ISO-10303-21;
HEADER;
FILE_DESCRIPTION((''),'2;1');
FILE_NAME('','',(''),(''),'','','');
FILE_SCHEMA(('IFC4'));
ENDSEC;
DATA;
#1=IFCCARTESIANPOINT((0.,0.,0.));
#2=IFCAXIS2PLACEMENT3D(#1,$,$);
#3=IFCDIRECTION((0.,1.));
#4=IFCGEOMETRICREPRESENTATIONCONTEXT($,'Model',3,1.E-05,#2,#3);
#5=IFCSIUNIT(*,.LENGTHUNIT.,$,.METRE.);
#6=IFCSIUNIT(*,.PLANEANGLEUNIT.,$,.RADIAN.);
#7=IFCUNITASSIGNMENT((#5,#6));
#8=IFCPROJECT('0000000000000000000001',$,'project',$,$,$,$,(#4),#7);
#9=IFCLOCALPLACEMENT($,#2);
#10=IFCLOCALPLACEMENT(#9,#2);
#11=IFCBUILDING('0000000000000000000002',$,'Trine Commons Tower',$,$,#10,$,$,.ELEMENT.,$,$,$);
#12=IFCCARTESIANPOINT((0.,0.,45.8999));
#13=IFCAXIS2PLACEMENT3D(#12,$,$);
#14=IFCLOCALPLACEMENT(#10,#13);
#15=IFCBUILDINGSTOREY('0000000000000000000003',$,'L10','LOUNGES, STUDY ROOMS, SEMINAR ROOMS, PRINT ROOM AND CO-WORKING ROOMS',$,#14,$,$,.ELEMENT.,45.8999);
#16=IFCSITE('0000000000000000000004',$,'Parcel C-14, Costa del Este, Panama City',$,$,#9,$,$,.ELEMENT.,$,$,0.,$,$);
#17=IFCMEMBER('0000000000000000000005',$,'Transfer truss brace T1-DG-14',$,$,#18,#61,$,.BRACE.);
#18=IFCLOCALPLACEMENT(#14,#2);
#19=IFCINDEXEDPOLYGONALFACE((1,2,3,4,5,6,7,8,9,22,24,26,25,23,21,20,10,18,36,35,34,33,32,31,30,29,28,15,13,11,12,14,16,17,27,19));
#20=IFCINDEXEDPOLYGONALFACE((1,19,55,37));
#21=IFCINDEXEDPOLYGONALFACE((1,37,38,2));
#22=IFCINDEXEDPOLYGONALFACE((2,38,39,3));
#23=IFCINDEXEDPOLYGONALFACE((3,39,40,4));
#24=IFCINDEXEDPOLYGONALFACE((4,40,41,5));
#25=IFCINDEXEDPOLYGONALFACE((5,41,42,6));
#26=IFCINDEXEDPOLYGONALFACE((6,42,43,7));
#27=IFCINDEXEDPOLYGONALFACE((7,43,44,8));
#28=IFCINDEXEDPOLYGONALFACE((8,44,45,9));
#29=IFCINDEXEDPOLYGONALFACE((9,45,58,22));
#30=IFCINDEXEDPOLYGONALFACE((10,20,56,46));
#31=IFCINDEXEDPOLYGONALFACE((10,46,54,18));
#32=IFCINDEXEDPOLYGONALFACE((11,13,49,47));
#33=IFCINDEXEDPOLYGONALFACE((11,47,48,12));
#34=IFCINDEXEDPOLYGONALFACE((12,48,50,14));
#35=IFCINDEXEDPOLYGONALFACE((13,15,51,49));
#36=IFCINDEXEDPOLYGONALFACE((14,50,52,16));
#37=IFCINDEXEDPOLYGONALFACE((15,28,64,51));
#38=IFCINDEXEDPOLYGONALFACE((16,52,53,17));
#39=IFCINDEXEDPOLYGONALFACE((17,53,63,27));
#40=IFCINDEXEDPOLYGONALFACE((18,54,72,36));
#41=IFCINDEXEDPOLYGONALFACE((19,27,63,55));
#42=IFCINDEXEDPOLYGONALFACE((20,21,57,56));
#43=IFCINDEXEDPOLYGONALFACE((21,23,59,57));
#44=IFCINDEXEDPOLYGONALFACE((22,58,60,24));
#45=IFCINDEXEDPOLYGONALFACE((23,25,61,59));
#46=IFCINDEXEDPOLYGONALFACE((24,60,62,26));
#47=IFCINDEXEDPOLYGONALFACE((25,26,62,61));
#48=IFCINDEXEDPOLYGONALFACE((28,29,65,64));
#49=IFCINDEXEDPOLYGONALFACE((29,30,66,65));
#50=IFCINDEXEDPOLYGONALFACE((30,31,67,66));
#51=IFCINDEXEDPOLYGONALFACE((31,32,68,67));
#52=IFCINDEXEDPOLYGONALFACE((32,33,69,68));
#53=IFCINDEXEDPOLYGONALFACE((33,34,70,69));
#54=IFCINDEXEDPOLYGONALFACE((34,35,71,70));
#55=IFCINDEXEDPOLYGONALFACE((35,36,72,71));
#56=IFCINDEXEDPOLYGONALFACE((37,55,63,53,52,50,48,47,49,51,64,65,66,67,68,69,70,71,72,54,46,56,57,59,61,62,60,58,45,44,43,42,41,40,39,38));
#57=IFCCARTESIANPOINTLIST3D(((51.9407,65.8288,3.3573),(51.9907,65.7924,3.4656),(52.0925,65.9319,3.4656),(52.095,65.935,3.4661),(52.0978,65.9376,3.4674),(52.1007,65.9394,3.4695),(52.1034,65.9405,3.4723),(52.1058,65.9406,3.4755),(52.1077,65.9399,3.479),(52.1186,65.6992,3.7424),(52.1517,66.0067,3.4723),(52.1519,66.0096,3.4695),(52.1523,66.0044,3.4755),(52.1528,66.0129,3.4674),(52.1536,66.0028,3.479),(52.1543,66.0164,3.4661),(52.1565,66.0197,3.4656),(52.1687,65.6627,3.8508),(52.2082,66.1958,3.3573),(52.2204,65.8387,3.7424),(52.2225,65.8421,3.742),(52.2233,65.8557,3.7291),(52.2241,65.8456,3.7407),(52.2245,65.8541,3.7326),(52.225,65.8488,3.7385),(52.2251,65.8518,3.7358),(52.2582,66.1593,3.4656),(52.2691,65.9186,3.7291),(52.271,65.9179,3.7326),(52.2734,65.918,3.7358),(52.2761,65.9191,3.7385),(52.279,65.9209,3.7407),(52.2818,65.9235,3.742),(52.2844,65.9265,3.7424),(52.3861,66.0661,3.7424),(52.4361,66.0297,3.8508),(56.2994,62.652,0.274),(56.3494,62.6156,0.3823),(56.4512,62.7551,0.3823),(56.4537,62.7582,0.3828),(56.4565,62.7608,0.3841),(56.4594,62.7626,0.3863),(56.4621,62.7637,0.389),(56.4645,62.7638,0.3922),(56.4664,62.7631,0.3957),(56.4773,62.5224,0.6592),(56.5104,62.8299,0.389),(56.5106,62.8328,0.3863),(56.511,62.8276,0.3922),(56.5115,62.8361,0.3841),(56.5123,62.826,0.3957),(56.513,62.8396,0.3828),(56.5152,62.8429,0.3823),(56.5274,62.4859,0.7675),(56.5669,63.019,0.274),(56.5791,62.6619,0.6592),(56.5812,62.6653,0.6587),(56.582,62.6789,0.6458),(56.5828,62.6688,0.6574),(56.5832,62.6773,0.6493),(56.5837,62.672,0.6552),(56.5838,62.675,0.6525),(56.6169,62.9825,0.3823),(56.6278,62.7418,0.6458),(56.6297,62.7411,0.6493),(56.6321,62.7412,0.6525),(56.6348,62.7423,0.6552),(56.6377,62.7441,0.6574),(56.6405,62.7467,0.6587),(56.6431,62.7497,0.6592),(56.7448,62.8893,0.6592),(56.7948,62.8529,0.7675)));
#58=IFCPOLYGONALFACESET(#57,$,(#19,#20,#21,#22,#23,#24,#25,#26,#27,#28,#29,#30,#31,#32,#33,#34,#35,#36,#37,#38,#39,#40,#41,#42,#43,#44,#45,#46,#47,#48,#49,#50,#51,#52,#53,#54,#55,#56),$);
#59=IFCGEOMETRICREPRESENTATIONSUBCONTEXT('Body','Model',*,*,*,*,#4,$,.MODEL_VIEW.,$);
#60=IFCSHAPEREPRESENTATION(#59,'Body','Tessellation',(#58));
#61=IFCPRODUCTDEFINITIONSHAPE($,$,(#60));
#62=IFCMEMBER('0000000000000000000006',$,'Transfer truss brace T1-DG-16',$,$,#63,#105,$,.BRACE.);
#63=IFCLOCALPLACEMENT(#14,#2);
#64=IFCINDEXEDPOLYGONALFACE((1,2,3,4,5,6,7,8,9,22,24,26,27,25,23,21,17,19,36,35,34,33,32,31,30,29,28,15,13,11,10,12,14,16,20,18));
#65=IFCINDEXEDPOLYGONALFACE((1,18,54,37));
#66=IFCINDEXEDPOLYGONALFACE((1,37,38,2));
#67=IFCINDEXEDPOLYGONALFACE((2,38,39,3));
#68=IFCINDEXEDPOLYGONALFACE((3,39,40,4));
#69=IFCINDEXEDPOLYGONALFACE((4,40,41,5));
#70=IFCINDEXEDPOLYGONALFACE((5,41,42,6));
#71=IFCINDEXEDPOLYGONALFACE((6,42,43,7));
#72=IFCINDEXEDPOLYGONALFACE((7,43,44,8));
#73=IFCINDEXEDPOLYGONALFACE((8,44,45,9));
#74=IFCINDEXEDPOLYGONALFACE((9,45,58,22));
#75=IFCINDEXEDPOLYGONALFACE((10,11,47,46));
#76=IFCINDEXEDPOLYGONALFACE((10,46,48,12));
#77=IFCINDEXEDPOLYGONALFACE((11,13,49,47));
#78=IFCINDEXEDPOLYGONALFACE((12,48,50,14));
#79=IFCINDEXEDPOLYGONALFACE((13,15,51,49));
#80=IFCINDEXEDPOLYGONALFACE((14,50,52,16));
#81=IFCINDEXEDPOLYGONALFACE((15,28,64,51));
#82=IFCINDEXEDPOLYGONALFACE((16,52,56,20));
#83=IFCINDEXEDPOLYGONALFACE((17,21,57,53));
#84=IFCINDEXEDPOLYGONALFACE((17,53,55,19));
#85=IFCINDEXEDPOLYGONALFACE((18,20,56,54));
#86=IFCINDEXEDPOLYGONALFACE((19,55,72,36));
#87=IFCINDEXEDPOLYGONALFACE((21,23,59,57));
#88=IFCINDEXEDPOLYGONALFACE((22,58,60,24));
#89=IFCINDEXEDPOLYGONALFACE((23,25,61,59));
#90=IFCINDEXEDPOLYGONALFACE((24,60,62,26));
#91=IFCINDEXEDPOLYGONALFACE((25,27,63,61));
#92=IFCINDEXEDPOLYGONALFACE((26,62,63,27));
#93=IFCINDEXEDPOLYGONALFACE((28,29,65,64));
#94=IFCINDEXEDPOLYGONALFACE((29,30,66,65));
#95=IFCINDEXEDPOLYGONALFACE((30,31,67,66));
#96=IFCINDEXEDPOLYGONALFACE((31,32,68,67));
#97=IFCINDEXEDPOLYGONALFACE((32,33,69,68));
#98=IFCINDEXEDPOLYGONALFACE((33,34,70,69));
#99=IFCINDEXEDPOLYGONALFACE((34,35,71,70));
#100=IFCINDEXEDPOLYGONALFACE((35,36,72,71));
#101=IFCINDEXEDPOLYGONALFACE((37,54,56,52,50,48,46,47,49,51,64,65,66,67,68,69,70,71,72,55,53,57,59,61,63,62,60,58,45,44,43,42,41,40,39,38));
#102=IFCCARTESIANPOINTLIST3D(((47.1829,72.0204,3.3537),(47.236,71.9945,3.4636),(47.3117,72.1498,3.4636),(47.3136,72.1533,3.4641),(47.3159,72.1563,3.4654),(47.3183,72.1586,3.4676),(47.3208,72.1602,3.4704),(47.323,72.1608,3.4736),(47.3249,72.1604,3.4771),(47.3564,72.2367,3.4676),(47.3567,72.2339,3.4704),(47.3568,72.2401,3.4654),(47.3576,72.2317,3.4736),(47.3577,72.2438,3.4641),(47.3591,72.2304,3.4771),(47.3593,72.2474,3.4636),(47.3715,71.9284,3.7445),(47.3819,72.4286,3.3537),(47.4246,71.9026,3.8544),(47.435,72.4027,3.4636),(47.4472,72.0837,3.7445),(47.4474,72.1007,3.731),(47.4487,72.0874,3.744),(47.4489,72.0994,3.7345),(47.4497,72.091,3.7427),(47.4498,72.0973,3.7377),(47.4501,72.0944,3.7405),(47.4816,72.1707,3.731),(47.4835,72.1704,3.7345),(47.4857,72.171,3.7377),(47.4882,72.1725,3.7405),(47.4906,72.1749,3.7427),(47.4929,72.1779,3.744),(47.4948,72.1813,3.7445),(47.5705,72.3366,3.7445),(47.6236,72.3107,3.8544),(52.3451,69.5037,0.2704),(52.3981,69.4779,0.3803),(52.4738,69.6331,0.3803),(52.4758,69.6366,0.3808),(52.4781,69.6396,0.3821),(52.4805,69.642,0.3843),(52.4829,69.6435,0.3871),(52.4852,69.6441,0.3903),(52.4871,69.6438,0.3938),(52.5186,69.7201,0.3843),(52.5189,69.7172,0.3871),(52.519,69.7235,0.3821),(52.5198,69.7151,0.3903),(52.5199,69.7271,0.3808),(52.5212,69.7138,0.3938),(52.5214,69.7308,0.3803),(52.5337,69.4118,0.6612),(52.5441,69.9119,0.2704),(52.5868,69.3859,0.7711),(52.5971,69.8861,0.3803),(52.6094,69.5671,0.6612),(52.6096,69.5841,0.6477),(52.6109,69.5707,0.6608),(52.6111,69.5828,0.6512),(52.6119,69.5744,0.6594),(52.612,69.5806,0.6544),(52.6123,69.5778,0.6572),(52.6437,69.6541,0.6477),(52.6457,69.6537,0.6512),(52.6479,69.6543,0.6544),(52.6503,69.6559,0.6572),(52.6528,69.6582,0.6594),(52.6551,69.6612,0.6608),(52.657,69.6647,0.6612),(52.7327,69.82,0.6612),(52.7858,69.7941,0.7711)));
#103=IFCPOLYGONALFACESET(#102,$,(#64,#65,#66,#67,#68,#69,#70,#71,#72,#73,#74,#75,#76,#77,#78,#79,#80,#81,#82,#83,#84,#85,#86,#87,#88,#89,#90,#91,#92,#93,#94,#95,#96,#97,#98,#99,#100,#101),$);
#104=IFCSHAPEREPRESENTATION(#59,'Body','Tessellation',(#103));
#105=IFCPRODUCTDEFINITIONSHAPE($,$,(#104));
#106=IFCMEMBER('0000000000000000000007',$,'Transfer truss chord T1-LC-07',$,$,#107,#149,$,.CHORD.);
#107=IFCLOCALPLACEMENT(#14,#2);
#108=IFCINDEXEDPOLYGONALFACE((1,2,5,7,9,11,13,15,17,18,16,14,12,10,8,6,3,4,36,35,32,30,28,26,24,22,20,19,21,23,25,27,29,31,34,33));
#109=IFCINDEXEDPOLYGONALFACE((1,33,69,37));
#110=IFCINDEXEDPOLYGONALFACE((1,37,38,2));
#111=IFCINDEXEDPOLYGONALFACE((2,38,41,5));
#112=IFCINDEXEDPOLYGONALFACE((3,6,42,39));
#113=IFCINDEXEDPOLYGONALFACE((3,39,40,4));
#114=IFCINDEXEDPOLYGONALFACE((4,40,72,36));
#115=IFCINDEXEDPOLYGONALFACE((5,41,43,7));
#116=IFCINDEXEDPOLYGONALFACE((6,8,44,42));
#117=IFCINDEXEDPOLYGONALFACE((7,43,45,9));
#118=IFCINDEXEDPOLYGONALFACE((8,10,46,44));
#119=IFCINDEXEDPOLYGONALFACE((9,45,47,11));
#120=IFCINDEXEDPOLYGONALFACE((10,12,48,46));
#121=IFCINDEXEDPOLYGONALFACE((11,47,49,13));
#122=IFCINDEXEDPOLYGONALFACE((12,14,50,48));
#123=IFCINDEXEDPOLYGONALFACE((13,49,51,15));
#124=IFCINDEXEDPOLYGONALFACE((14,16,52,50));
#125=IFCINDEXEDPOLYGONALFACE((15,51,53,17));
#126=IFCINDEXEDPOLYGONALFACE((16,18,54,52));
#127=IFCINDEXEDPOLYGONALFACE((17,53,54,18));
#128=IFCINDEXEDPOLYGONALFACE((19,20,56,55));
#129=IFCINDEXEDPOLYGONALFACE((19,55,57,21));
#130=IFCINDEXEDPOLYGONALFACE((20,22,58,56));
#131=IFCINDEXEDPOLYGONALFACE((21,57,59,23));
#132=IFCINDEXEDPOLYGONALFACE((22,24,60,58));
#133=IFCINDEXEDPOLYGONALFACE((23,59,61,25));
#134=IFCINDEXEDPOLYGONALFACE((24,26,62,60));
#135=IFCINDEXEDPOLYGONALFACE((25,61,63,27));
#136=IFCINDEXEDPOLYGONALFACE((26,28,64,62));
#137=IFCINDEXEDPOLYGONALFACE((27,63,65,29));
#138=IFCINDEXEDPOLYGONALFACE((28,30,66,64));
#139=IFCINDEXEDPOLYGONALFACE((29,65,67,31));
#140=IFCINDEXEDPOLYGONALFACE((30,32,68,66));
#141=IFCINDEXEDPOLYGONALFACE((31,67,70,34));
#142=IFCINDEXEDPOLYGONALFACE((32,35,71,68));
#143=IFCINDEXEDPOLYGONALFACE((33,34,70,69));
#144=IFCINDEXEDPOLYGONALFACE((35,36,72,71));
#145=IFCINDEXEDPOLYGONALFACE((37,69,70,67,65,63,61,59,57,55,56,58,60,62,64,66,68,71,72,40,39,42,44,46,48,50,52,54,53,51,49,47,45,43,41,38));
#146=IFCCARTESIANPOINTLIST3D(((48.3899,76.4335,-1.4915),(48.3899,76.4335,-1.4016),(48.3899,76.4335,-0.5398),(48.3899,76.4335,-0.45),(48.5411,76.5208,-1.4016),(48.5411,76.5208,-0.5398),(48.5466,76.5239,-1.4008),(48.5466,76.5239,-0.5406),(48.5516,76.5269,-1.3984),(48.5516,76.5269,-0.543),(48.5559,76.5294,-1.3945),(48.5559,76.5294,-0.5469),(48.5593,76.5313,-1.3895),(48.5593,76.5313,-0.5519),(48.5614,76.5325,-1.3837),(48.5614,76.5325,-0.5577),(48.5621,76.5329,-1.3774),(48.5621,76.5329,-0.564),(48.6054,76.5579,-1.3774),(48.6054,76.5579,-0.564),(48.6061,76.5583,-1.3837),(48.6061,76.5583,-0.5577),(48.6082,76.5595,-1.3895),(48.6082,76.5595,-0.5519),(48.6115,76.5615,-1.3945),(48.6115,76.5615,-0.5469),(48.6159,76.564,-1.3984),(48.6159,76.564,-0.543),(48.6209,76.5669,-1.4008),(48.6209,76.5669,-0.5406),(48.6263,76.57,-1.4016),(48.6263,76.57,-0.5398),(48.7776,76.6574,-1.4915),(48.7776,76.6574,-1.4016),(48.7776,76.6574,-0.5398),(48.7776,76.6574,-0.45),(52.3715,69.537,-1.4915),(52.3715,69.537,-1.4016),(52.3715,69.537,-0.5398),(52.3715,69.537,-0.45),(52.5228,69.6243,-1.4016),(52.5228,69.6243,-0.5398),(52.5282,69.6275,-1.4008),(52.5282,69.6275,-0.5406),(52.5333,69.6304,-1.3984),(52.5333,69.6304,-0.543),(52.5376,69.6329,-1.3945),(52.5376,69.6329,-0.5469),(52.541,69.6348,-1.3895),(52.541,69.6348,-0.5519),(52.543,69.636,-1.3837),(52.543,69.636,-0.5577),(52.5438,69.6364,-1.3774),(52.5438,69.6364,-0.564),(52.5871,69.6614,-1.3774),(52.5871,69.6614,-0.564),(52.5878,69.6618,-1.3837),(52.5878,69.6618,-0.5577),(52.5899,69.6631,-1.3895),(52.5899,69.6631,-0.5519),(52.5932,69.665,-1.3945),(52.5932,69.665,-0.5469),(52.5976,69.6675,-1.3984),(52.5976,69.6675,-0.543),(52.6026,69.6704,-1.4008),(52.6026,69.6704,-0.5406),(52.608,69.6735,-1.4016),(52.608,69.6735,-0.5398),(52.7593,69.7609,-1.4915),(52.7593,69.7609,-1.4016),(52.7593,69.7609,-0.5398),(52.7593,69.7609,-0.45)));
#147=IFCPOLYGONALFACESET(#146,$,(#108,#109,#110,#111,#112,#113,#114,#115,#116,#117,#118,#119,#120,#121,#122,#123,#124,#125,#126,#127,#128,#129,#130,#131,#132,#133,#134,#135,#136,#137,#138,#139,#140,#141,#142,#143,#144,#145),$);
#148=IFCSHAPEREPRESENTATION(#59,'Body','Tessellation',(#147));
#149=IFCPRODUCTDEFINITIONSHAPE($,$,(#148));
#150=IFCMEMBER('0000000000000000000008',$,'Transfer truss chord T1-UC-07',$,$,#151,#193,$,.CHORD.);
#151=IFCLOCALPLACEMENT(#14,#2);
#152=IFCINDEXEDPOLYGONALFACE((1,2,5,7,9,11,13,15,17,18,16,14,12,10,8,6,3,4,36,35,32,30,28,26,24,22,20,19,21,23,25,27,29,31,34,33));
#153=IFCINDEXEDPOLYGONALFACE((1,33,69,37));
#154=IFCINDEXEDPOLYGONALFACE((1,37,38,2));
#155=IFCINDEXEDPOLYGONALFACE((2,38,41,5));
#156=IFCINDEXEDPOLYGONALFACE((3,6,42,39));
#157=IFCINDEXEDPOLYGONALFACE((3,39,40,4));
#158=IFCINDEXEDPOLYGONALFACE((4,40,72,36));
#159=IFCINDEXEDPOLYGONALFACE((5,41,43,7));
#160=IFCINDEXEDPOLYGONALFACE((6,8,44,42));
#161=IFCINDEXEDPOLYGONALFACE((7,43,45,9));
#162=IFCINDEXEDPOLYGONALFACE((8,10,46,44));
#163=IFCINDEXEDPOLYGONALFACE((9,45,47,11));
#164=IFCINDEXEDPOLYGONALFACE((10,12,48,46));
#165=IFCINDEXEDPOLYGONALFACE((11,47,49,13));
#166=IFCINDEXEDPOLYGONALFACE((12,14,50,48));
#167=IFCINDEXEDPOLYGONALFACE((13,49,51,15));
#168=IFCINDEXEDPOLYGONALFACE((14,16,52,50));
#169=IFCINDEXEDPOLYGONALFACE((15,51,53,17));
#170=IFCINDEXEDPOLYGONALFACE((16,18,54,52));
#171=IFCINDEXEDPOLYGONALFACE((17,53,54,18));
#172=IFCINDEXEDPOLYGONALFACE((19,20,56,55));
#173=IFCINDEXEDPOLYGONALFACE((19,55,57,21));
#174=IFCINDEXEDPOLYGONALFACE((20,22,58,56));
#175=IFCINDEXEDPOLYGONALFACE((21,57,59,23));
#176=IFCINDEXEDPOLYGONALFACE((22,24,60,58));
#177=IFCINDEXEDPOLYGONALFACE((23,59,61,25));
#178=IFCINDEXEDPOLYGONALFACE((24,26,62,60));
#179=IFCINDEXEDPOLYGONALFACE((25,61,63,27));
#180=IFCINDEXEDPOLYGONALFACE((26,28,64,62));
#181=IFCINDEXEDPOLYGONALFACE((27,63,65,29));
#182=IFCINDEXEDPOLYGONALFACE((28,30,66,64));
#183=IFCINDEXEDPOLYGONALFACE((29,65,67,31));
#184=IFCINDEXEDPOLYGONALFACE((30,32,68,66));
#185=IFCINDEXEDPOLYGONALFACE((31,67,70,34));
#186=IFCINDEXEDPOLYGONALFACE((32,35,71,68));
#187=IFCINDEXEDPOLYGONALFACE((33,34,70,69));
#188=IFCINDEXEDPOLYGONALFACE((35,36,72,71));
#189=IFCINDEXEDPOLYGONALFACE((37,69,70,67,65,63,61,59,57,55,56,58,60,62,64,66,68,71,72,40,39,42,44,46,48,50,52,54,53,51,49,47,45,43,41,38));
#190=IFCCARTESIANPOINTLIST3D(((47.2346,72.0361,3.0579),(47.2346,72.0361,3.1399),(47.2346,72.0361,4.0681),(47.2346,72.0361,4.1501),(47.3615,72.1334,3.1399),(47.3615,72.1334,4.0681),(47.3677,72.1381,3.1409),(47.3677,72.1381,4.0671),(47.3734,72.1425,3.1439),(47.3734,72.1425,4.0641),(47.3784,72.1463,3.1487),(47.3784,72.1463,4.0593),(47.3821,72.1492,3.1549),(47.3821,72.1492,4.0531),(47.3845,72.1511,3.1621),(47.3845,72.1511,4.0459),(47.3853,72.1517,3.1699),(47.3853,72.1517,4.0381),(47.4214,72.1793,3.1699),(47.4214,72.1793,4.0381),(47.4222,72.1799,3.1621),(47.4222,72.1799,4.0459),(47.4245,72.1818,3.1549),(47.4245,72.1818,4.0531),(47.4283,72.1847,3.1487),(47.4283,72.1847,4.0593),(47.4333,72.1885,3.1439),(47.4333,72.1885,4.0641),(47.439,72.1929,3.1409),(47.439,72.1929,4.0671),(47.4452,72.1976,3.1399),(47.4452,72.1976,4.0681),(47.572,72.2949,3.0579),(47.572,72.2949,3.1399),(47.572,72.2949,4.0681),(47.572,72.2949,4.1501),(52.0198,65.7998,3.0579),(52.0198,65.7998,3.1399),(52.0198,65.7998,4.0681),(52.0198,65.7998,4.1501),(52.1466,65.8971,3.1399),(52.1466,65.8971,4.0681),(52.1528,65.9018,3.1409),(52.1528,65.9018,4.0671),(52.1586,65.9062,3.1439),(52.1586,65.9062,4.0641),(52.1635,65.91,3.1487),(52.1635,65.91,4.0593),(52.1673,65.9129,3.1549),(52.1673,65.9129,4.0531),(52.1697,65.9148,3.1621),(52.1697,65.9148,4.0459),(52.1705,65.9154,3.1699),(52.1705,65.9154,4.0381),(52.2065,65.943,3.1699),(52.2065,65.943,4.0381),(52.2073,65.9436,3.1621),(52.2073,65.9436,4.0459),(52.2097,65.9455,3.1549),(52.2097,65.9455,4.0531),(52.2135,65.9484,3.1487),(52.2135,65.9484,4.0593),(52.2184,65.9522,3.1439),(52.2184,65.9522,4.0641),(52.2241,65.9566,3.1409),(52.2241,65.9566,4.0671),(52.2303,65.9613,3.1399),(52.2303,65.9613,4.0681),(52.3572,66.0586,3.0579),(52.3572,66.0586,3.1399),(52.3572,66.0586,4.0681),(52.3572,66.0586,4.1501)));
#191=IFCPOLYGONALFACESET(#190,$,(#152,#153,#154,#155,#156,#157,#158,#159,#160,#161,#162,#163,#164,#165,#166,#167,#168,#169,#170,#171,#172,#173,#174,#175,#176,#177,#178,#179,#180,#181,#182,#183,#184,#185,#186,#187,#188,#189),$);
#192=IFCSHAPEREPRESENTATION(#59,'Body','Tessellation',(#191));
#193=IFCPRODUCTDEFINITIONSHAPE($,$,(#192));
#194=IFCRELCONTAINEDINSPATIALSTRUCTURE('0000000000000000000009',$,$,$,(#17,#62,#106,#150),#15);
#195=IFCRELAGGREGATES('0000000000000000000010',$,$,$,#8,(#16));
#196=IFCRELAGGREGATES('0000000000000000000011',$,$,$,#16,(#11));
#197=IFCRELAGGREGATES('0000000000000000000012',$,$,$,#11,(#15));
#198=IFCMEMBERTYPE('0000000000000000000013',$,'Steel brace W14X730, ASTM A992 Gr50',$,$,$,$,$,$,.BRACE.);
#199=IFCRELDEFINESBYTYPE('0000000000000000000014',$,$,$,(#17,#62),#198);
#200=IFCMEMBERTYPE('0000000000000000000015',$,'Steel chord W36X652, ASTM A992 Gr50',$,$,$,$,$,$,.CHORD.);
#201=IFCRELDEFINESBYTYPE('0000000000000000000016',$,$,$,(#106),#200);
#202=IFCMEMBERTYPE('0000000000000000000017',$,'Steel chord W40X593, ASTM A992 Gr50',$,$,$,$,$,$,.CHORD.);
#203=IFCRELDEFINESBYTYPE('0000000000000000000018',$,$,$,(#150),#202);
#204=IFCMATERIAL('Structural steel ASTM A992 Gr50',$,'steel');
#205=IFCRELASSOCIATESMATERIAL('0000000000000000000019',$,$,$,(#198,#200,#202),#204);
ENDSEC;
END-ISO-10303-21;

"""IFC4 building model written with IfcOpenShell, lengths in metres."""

from ifc_helpers import new_model, si_unit, direction, frame, origin, origin_2d, place, context, subcontext, project, spatial, i_section, extrude, material, material_profile, profile_set, type_object, element, save


model = new_model("IFC4")

# Units and contexts
model_context = context("Model", 3, precision=1e-05, world=origin(), true_north=direction((0.0, 1.0)))
body_context = subcontext(model_context, "Body", "Model", "MODEL_VIEW")
ifc_project = project(units=[si_unit("LENGTHUNIT", "METRE"), si_unit("PLANEANGLEUNIT", "RADIAN")], contexts=[model_context])

# Site, building, storey
site_placement = place(None, origin())
site = spatial("IfcSite", under=ifc_project, at=site_placement, Name="Parcel C-14, Costa del Este, Panama City", CompositionType="ELEMENT", RefElevation=0.0)
building_placement = place(site_placement, origin())
building = spatial("IfcBuilding", under=site, at=building_placement, Name="Trine Commons Tower", CompositionType="ELEMENT")
storey_placement = place(building_placement, frame((0.0, 0.0, 45.8999)))
storey = spatial("IfcBuildingStorey", under=building, at=storey_placement, Name="L10", Description="LOUNGES, STUDY ROOMS, SEMINAR ROOMS, PRINT ROOM AND CO-WORKING ROOMS", CompositionType="ELEMENT", Elevation=45.8999)

# Shared definitions
ifc_material_1 = material(Name="Structural steel ASTM A992 Gr50", Category="steel")

# Members
ifc_material_profile_1 = material_profile(ifc_material_1, i_section(OverallWidth=0.4541, OverallDepth=0.5684, WebThickness=0.0779, FlangeThickness=0.1248, FilletRadius=0.0154, at=origin_2d()), Name="W14X730")
ifc_profile_set_1 = profile_set([ifc_material_profile_1], Name="Structural steel ASTM A992 Gr50")
member_type_1 = type_object("IfcMemberType", Name="Steel brace W14X730, ASTM A992 Gr50", PredefinedType="BRACE", material=ifc_profile_set_1)
member_1_placement = place(storey_placement, frame((56.5471, 62.7524, 0.5208), z_axis=(-0.701585, 0.511344, 0.496293), x_axis=(-0.589, -0.808133, 0.0)))
element("IfcMember", 1, at=member_1_placement, inside=storey, type_object=member_type_1, Name="Transfer truss brace T1-DG-14", PredefinedType="BRACE", context=body_context, shape_type="SweptSolid", body=[
    extrude(i_section(OverallWidth=0.4541, OverallDepth=0.5684, WebThickness=0.0779, FlangeThickness=0.1248, FilletRadius=0.0154, at=origin_2d()), origin(), (0.0, 0.0, 1.0), 6.2126),
])
member_2_placement = place(storey_placement, frame((52.5654, 69.6489, 0.5208), z_axis=(-0.791952, 0.386088, 0.473021), x_axis=(-0.438213, -0.898871, 0.0)))
element("IfcMember", 2, at=member_2_placement, inside=storey, type_object=member_type_1, Name="Transfer truss brace T1-DG-16", PredefinedType="BRACE", context=body_context, shape_type="SweptSolid", body=[
    extrude(i_section(OverallWidth=0.4541, OverallDepth=0.5684, WebThickness=0.0779, FlangeThickness=0.1248, FilletRadius=0.0154, at=origin_2d()), origin(), (0.0, 0.0, 1.0), 6.5183),
])
ifc_material_profile_2 = material_profile(ifc_material_1, i_section(OverallWidth=0.4478, OverallDepth=1.0415, WebThickness=0.05, FlangeThickness=0.0898, FilletRadius=0.0242, at=origin_2d()), Name="W36X652")
ifc_profile_set_2 = profile_set([ifc_material_profile_2], Name="Structural steel ASTM A992 Gr50")
member_type_2 = type_object("IfcMemberType", Name="Steel chord W36X652, ASTM A992 Gr50", PredefinedType="CHORD", material=ifc_profile_set_2)
member_3_placement = place(storey_placement, frame((52.5654, 69.6489, -0.9707), z_axis=(-0.5, 0.866025, 0.0), x_axis=(-0.866025, -0.5, 0.0)))
element("IfcMember", 3, at=member_3_placement, inside=storey, type_object=member_type_2, Name="Transfer truss chord T1-LC-07", PredefinedType="CHORD", context=body_context, shape_type="SweptSolid", body=[
    extrude(i_section(OverallWidth=0.4478, OverallDepth=1.0415, WebThickness=0.05, FlangeThickness=0.0898, FilletRadius=0.0242, at=origin_2d()), origin(), (0.0, 0.0, 1.0), 7.9634),
])
ifc_material_profile_3 = material_profile(ifc_material_1, i_section(OverallWidth=0.4253, OverallDepth=1.0923, WebThickness=0.0454, FlangeThickness=0.082, FilletRadius=0.03, at=origin_2d()), Name="W40X593")
ifc_profile_set_3 = profile_set([ifc_material_profile_3], Name="Structural steel ASTM A992 Gr50")
member_type_3 = type_object("IfcMemberType", Name="Steel chord W40X593, ASTM A992 Gr50", PredefinedType="CHORD", material=ifc_profile_set_3)
member_4_placement = place(storey_placement, frame((52.1885, 65.9292, 3.604), z_axis=(-0.60875, 0.793362, 0.0), x_axis=(-0.793362, -0.60875, 0.0)))
element("IfcMember", 4, at=member_4_placement, inside=storey, type_object=member_type_3, Name="Transfer truss chord T1-UC-07", PredefinedType="CHORD", context=body_context, shape_type="SweptSolid", body=[
    extrude(i_section(OverallWidth=0.4253, OverallDepth=1.0923, WebThickness=0.0454, FlangeThickness=0.082, FilletRadius=0.03, at=origin_2d()), origin(), (0.0, 0.0, 1.0), 7.8606),
])

save(model, "model.ifc")
